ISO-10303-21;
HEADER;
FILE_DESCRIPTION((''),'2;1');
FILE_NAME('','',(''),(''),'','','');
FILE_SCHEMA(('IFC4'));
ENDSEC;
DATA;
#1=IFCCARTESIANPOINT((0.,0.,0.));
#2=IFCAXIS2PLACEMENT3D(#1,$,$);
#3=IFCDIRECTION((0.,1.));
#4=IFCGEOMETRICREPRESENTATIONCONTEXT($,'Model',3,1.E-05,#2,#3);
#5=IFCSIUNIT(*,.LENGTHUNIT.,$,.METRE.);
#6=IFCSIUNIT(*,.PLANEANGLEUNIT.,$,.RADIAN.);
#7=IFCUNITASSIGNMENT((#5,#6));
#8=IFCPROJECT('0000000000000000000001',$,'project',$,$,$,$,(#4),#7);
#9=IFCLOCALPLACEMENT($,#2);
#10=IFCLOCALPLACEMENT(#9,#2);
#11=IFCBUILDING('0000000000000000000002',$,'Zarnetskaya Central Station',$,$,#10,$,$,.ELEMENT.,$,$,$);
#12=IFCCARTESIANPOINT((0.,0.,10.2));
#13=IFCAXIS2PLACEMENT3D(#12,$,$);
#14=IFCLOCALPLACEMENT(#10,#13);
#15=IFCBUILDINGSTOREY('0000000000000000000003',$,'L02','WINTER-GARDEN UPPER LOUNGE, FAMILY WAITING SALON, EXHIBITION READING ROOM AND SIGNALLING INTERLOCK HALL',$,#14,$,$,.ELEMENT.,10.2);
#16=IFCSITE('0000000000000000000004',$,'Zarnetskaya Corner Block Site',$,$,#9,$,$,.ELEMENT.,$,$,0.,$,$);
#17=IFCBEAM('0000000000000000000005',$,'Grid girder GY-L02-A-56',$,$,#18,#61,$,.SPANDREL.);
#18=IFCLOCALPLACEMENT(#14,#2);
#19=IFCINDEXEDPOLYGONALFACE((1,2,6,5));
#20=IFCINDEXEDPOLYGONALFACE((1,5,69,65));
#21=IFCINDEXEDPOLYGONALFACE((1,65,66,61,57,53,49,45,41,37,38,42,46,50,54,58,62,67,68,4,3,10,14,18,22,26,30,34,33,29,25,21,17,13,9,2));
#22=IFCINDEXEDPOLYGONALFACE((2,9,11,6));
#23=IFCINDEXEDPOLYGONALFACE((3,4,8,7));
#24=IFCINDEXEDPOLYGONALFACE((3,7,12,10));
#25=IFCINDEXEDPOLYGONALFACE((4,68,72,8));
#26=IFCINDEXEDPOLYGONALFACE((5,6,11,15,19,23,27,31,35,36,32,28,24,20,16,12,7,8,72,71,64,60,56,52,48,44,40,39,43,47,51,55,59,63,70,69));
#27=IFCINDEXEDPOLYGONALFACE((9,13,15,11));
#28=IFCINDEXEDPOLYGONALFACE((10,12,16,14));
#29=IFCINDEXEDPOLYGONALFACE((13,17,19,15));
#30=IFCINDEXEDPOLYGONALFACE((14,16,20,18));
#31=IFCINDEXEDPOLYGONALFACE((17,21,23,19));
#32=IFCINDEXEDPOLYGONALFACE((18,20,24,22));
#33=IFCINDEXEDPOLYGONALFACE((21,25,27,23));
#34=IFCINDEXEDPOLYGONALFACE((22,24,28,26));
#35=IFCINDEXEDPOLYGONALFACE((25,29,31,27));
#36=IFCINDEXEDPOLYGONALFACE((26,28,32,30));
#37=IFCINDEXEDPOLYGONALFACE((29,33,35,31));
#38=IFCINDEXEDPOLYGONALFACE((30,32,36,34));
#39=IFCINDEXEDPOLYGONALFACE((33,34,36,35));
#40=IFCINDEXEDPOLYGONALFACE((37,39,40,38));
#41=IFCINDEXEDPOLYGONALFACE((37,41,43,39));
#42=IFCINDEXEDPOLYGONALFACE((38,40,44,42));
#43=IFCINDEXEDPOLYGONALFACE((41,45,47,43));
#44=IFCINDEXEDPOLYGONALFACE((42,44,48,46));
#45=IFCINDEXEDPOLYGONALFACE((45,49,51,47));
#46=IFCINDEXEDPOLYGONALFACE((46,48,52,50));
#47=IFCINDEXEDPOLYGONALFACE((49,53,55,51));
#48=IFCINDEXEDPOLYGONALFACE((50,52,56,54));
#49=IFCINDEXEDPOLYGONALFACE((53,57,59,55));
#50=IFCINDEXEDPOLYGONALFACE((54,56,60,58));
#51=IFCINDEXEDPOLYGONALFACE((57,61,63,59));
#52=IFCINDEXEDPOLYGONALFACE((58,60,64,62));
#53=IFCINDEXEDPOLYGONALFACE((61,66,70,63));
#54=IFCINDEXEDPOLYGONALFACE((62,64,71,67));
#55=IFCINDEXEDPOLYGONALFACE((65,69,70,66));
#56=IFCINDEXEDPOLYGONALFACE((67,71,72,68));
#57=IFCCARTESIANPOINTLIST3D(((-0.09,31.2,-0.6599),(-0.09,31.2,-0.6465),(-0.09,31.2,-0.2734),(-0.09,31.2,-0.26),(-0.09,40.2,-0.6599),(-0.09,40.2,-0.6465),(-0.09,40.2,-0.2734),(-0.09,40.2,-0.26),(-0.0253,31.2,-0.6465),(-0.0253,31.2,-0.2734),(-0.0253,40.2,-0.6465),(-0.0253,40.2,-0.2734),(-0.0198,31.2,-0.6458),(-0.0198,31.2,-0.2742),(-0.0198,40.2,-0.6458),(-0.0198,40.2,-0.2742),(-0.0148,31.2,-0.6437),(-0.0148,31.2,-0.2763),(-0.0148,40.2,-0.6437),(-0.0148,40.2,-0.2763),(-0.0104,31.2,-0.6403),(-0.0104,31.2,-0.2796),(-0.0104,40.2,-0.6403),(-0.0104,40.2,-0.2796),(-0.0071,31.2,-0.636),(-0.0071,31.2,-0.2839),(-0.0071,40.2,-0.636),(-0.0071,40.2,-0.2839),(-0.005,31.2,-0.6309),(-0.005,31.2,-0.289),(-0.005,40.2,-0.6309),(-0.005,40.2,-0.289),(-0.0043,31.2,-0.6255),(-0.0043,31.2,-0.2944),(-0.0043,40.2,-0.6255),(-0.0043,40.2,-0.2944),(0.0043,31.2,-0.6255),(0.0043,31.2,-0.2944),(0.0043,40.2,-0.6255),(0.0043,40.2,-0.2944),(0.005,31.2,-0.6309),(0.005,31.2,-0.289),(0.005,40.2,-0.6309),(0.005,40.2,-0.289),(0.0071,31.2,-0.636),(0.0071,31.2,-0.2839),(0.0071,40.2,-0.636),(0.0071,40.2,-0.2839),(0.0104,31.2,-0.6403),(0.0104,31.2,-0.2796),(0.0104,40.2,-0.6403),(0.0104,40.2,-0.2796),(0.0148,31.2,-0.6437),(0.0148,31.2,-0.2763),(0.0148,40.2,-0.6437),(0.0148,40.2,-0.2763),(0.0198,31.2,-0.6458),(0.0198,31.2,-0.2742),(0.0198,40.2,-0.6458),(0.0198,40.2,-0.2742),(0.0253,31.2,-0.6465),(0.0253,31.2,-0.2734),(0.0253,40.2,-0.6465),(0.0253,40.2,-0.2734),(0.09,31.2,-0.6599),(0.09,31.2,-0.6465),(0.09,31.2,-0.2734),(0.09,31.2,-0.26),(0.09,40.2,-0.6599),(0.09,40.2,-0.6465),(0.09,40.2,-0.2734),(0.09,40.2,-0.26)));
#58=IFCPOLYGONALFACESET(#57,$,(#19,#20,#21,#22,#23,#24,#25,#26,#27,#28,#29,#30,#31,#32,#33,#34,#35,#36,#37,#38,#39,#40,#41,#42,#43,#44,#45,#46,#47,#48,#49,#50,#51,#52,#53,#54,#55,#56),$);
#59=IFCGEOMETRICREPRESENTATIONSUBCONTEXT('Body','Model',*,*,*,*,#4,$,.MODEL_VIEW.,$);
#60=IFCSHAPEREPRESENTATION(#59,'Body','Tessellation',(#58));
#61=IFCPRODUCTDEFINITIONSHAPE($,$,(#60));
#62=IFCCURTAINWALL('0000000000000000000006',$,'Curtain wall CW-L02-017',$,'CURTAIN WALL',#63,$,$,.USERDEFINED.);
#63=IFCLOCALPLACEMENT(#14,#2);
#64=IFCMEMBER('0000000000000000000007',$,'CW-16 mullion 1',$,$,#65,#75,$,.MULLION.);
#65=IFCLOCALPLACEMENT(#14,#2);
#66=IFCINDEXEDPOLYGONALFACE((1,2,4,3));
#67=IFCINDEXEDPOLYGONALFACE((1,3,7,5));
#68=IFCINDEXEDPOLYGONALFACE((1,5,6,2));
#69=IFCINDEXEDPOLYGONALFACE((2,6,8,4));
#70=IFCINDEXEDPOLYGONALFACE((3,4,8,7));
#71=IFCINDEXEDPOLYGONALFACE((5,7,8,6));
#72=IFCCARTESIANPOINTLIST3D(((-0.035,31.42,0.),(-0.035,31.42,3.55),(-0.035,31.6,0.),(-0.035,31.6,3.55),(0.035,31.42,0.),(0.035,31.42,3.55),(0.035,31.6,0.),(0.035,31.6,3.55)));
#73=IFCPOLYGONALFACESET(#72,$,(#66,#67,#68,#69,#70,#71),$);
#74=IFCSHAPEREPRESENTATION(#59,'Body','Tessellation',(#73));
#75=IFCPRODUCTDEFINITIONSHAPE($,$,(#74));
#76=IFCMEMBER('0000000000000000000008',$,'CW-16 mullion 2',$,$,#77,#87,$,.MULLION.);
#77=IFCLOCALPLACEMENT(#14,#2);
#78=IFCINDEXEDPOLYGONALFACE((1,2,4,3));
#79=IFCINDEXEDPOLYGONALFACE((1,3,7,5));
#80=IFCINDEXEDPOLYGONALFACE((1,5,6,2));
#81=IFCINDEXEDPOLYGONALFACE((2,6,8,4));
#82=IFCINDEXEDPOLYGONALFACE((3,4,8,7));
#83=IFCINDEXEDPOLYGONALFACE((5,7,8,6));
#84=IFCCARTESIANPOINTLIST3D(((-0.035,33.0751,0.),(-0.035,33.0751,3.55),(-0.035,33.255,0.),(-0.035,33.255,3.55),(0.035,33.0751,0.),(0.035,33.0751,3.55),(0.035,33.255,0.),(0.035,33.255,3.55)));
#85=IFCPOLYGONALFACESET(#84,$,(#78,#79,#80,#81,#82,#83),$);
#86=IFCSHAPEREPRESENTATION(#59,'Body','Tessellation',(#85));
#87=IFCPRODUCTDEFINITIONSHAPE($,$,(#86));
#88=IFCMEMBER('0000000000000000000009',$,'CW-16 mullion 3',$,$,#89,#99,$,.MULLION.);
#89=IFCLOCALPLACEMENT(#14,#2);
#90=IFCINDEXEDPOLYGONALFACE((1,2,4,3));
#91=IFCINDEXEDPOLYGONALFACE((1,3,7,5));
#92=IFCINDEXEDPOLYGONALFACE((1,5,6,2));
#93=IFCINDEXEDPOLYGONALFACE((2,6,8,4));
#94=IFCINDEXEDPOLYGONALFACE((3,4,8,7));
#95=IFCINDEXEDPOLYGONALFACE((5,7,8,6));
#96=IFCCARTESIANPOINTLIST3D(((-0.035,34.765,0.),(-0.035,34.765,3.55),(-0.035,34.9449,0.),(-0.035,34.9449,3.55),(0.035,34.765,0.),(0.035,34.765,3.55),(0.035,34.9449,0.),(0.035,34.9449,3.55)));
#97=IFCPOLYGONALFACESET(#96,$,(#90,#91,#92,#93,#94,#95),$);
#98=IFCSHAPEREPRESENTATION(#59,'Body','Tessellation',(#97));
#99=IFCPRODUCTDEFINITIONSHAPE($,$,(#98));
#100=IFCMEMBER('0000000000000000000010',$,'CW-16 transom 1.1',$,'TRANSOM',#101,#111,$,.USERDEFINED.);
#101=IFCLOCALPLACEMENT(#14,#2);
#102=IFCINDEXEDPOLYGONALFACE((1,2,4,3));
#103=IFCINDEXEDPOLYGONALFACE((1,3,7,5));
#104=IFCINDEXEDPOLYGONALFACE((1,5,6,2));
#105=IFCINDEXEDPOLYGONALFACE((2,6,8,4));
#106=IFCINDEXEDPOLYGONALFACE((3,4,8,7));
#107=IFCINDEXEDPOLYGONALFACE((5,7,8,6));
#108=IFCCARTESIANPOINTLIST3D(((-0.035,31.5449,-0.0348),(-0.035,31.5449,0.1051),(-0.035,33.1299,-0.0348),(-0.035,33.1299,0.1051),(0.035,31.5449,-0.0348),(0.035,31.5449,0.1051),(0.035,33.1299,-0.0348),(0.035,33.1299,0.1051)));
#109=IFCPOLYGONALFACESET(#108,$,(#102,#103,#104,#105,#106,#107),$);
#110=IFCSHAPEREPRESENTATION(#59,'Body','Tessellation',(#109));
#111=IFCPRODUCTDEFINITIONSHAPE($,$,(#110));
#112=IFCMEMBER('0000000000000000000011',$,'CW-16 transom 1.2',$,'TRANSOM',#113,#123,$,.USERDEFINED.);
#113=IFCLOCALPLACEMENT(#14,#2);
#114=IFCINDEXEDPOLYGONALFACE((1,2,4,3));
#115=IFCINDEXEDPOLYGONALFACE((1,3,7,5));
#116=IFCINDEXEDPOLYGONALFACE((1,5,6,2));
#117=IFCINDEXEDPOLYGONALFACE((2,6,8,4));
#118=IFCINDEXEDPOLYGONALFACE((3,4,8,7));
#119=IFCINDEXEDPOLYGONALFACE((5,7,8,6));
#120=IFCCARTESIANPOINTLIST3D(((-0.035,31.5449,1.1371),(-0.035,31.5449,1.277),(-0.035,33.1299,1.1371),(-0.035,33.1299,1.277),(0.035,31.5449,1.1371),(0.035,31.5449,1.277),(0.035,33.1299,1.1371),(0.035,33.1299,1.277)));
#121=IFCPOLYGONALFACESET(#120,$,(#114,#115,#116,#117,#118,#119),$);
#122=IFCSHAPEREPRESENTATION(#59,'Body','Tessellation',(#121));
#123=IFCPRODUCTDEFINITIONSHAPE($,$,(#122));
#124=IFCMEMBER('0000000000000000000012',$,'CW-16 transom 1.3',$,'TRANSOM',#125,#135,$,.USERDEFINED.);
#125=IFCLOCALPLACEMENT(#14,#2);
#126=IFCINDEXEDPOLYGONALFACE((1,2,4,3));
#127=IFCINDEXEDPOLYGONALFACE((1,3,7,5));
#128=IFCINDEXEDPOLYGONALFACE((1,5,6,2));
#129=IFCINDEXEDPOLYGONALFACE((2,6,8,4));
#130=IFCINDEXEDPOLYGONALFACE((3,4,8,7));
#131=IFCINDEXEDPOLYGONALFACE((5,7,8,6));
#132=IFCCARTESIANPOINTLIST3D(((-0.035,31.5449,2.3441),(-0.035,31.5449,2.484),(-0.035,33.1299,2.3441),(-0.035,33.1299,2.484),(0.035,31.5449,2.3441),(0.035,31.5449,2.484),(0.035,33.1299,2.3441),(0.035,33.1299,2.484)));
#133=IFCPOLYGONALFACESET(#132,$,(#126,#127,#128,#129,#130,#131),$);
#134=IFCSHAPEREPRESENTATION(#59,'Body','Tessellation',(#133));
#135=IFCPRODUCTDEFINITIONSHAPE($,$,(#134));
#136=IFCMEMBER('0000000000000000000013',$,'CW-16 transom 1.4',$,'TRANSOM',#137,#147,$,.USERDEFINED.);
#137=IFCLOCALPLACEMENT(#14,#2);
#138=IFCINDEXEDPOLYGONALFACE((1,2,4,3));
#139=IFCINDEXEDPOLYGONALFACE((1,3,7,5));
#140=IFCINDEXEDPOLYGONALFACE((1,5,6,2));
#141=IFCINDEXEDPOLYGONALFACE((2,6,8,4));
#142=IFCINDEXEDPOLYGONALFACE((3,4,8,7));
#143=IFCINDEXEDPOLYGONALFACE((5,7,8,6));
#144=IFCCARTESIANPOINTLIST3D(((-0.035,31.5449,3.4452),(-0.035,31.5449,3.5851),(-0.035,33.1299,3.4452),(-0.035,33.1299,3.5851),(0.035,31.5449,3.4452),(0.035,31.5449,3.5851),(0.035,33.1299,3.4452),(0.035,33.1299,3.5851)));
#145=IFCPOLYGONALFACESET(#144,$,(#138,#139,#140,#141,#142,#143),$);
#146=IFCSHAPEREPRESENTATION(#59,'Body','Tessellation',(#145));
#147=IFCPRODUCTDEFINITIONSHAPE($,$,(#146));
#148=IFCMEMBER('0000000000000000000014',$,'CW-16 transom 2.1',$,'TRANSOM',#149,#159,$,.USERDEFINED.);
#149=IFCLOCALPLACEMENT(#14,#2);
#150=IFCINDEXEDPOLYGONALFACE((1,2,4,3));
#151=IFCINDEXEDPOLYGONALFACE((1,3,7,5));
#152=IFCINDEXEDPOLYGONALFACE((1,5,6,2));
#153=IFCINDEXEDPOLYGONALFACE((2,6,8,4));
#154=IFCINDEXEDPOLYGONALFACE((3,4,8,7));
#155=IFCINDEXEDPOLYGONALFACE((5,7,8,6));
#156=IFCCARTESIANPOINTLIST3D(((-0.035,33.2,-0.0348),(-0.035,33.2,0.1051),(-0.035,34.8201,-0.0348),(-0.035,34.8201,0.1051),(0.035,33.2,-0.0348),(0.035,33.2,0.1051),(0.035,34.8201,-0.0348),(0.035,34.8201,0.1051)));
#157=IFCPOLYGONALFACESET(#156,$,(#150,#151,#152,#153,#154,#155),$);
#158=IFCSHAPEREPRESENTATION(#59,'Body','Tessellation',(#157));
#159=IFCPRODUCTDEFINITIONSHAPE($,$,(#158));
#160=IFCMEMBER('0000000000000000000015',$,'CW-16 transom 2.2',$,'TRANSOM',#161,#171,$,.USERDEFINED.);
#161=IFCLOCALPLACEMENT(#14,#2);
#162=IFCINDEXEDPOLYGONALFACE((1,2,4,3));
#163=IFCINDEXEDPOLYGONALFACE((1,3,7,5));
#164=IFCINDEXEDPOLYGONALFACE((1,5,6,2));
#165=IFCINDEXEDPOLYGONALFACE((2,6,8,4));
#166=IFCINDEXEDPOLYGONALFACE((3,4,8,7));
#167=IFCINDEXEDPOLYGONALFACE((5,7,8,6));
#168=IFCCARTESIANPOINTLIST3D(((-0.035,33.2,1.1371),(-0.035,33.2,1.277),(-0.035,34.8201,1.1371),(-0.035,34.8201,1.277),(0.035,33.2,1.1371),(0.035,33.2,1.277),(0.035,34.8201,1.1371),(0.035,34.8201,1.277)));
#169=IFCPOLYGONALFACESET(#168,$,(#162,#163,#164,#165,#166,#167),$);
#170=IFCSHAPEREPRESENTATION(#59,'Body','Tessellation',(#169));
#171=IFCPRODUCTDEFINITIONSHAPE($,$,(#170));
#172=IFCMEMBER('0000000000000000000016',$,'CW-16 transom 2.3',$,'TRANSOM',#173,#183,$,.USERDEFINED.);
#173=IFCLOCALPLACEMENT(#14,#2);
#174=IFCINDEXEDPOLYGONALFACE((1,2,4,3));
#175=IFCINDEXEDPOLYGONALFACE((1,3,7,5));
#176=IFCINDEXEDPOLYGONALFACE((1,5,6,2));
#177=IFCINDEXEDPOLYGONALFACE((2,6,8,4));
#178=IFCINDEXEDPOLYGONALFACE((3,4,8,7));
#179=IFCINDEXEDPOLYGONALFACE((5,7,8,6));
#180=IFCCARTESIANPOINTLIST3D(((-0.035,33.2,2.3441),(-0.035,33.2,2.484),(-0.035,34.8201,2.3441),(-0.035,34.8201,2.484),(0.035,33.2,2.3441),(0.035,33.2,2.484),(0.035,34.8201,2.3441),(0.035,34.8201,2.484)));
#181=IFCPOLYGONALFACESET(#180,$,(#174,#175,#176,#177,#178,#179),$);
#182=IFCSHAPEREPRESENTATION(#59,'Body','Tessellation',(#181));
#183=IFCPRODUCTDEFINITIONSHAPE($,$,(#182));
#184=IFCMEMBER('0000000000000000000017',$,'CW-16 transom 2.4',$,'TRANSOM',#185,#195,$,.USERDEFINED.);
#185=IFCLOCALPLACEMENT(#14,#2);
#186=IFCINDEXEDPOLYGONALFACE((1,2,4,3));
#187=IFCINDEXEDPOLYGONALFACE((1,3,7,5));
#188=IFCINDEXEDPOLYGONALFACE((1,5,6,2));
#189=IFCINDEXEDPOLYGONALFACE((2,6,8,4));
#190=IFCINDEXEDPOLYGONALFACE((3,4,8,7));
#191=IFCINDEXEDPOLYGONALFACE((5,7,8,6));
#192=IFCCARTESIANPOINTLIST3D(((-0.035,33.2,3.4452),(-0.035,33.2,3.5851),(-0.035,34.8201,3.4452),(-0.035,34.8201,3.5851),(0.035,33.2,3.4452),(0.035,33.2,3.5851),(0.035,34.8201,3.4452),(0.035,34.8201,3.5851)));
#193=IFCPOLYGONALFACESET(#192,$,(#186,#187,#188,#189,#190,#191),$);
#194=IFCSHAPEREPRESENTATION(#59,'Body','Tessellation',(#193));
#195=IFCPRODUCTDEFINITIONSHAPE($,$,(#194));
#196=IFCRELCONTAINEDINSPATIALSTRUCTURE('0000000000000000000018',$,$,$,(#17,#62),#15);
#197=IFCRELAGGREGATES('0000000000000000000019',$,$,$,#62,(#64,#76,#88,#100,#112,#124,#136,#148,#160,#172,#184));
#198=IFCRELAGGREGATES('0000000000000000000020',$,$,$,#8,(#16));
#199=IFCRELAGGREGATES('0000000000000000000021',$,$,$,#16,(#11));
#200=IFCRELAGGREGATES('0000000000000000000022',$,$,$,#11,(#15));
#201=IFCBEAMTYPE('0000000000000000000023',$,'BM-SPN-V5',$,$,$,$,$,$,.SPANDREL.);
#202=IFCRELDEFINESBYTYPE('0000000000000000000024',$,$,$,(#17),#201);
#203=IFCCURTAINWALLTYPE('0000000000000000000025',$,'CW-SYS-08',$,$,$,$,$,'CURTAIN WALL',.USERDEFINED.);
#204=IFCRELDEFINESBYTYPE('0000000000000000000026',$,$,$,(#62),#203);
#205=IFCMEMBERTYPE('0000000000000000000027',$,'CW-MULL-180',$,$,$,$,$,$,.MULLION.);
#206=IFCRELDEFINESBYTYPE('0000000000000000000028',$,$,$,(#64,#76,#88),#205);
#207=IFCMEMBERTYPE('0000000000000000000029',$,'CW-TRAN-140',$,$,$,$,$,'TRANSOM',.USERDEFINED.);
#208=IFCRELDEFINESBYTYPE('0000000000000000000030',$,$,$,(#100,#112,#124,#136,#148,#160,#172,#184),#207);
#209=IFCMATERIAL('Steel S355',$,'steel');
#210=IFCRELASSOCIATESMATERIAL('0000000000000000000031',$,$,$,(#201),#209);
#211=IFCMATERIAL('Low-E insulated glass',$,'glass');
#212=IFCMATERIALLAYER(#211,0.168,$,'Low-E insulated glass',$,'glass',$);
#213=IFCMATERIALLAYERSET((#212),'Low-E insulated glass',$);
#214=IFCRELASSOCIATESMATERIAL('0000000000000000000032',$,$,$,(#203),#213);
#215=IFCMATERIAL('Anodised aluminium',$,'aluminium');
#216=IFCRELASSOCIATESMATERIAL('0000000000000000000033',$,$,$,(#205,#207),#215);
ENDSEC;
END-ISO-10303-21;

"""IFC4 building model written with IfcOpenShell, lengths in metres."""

from ifc_helpers import new_model, si_unit, direction, frame, origin, origin_2d, place, context, subcontext, project, spatial, rectangle, i_section, extrude, material, layer, layer_set, material_profile, profile_set, type_object, element, aggregate, save


model = new_model("IFC4")

# Units and contexts
model_context = context("Model", 3, precision=1e-05, world=origin(), true_north=direction((0.0, 1.0)))
body_context = subcontext(model_context, "Body", "Model", "MODEL_VIEW")
ifc_project = project(units=[si_unit("LENGTHUNIT", "METRE"), si_unit("PLANEANGLEUNIT", "RADIAN")], contexts=[model_context])

# Site, building, storey
site_placement = place(None, origin())
site = spatial("IfcSite", under=ifc_project, at=site_placement, Name="Zarnetskaya Corner Block Site", CompositionType="ELEMENT", RefElevation=0.0)
building_placement = place(site_placement, origin())
building = spatial("IfcBuilding", under=site, at=building_placement, Name="Zarnetskaya Central Station", CompositionType="ELEMENT")
storey_placement = place(building_placement, frame((0.0, 0.0, 10.2)))
storey = spatial("IfcBuildingStorey", under=building, at=storey_placement, Name="L02", Description="WINTER-GARDEN UPPER LOUNGE, FAMILY WAITING SALON, EXHIBITION READING ROOM AND SIGNALLING INTERLOCK HALL", CompositionType="ELEMENT", Elevation=10.2)

# Shared definitions
ifc_material_1 = material(Name="Steel S355", Category="steel")

# Beam
ifc_material_profile_1 = material_profile(ifc_material_1, i_section(OverallWidth=0.1799, OverallDepth=0.3999, WebThickness=0.0085, FlangeThickness=0.0134, FilletRadius=0.021, at=origin_2d()), Name="IPE 400")
ifc_profile_set_1 = profile_set([ifc_material_profile_1], Name="Steel S355")
beam_type_1 = type_object("IfcBeamType", Name="BM-SPN-V5", PredefinedType="SPANDREL", material=ifc_profile_set_1)
for number, where, z_axis, x_axis, name in (
    (1, (0.0, 31.2, -0.46), (0.0, 1.0, 0.0), (-1.0, 0.0, 0.0), "Grid girder GY-L02-A-56"),
):
    element("IfcBeam", number, at=place(storey_placement, frame(where, z_axis=z_axis, x_axis=x_axis)), inside=storey, type_object=beam_type_1, Name=name, PredefinedType="SPANDREL", context=body_context, shape_type="SweptSolid", body=[
        extrude(i_section(OverallWidth=0.1799, OverallDepth=0.3999, WebThickness=0.0085, FlangeThickness=0.0134, FilletRadius=0.021, at=origin_2d()), origin(), (0.0, 0.0, 1.0), 9.0),
    ])

# Curtain wall, members
ifc_material_2 = material(Name="Low-E insulated glass", Category="glass")
ifc_layer_1 = layer(ifc_material_2, 0.168, Name="Low-E insulated glass", Category="glass")
ifc_layer_set_1 = layer_set([ifc_layer_1], Name="Low-E insulated glass")
curtain_wall_type = type_object("IfcCurtainWallType", Name="CW-SYS-08", ElementType="CURTAIN WALL", PredefinedType="USERDEFINED", material=ifc_layer_set_1)
curtain_wall_placement = place(storey_placement, origin())
curtain_wall = element("IfcCurtainWall", 2, at=curtain_wall_placement, inside=storey, type_object=curtain_wall_type, Name="Curtain wall CW-L02-017", ObjectType="CURTAIN WALL", PredefinedType="USERDEFINED")
ifc_material_3 = material(Name="Anodised aluminium", Category="aluminium")
ifc_material_profile_2 = material_profile(ifc_material_3, rectangle(XDim=0.0701, YDim=0.1799, at=origin_2d()), Name="ALU MULL 70x180")
ifc_profile_set_2 = profile_set([ifc_material_profile_2], Name="Anodised aluminium")
member_type_1 = type_object("IfcMemberType", Name="CW-MULL-180", PredefinedType="MULLION", material=ifc_profile_set_2)
member_1_placement = place(storey_placement, frame((0.0, 31.51, 0.0), z_axis=(0.0, 0.0, 1.0), x_axis=(-1.0, 0.0, 0.0)))
member_1 = element("IfcMember", 3, at=member_1_placement, type_object=member_type_1, Name="CW-16 mullion 1", PredefinedType="MULLION", context=body_context, shape_type="SweptSolid", body=[
    extrude(rectangle(XDim=0.0701, YDim=0.1799, at=origin_2d()), origin(), (0.0, 0.0, 1.0), 3.55),
])
member_2_placement = place(storey_placement, frame((0.0, 33.165, 0.0), z_axis=(0.0, 0.0, 1.0), x_axis=(-1.0, 0.0, 0.0)))
member_2 = element("IfcMember", 4, at=member_2_placement, type_object=member_type_1, Name="CW-16 mullion 2", PredefinedType="MULLION", context=body_context, shape_type="SweptSolid", body=[
    extrude(rectangle(XDim=0.0701, YDim=0.1799, at=origin_2d()), origin(), (0.0, 0.0, 1.0), 3.55),
])
member_3_placement = place(storey_placement, frame((0.0, 34.855, 0.0), z_axis=(0.0, 0.0, 1.0), x_axis=(-1.0, 0.0, 0.0)))
member_3 = element("IfcMember", 5, at=member_3_placement, type_object=member_type_1, Name="CW-16 mullion 3", PredefinedType="MULLION", context=body_context, shape_type="SweptSolid", body=[
    extrude(rectangle(XDim=0.0701, YDim=0.1799, at=origin_2d()), origin(), (0.0, 0.0, 1.0), 3.55),
])
ifc_material_profile_3 = material_profile(ifc_material_3, rectangle(XDim=0.0701, YDim=0.1399, at=origin_2d()), Name="ALU TRAN 70x140")
ifc_profile_set_3 = profile_set([ifc_material_profile_3], Name="Anodised aluminium")
member_type_2 = type_object("IfcMemberType", Name="CW-TRAN-140", ElementType="TRANSOM", PredefinedType="USERDEFINED", material=ifc_profile_set_3)
member_4_placement = place(storey_placement, frame((0.0, 31.5449, 0.0352), z_axis=(0.0, 1.0, 0.0), x_axis=(-1.0, 0.0, 0.0)))
member_4 = element("IfcMember", 6, at=member_4_placement, type_object=member_type_2, Name="CW-16 transom 1.1", ObjectType="TRANSOM", PredefinedType="USERDEFINED", context=body_context, shape_type="SweptSolid", body=[
    extrude(rectangle(XDim=0.0701, YDim=0.1399, at=origin_2d()), origin(), (0.0, 0.0, 1.0), 1.585),
])
member_5_placement = place(storey_placement, frame((0.0, 31.5449, 1.207), z_axis=(0.0, 1.0, 0.0), x_axis=(-1.0, 0.0, 0.0)))
member_5 = element("IfcMember", 7, at=member_5_placement, type_object=member_type_2, Name="CW-16 transom 1.2", ObjectType="TRANSOM", PredefinedType="USERDEFINED", context=body_context, shape_type="SweptSolid", body=[
    extrude(rectangle(XDim=0.0701, YDim=0.1399, at=origin_2d()), origin(), (0.0, 0.0, 1.0), 1.585),
])
member_6_placement = place(storey_placement, frame((0.0, 31.5449, 2.4141), z_axis=(0.0, 1.0, 0.0), x_axis=(-1.0, 0.0, 0.0)))
member_6 = element("IfcMember", 8, at=member_6_placement, type_object=member_type_2, Name="CW-16 transom 1.3", ObjectType="TRANSOM", PredefinedType="USERDEFINED", context=body_context, shape_type="SweptSolid", body=[
    extrude(rectangle(XDim=0.0701, YDim=0.1399, at=origin_2d()), origin(), (0.0, 0.0, 1.0), 1.585),
])
member_7_placement = place(storey_placement, frame((0.0, 31.5449, 3.5151), z_axis=(0.0, 1.0, 0.0), x_axis=(-1.0, 0.0, 0.0)))
member_7 = element("IfcMember", 9, at=member_7_placement, type_object=member_type_2, Name="CW-16 transom 1.4", ObjectType="TRANSOM", PredefinedType="USERDEFINED", context=body_context, shape_type="SweptSolid", body=[
    extrude(rectangle(XDim=0.0701, YDim=0.1399, at=origin_2d()), origin(), (0.0, 0.0, 1.0), 1.585),
])
member_8_placement = place(storey_placement, frame((0.0, 33.2, 0.0352), z_axis=(0.0, 1.0, 0.0), x_axis=(-1.0, 0.0, 0.0)))
member_8 = element("IfcMember", 10, at=member_8_placement, type_object=member_type_2, Name="CW-16 transom 2.1", ObjectType="TRANSOM", PredefinedType="USERDEFINED", context=body_context, shape_type="SweptSolid", body=[
    extrude(rectangle(XDim=0.0701, YDim=0.1399, at=origin_2d()), origin(), (0.0, 0.0, 1.0), 1.6201),
])
member_9_placement = place(storey_placement, frame((0.0, 33.2, 1.207), z_axis=(0.0, 1.0, 0.0), x_axis=(-1.0, 0.0, 0.0)))
member_9 = element("IfcMember", 11, at=member_9_placement, type_object=member_type_2, Name="CW-16 transom 2.2", ObjectType="TRANSOM", PredefinedType="USERDEFINED", context=body_context, shape_type="SweptSolid", body=[
    extrude(rectangle(XDim=0.0701, YDim=0.1399, at=origin_2d()), origin(), (0.0, 0.0, 1.0), 1.6201),
])
member_10_placement = place(storey_placement, frame((0.0, 33.2, 2.4141), z_axis=(0.0, 1.0, 0.0), x_axis=(-1.0, 0.0, 0.0)))
member_10 = element("IfcMember", 12, at=member_10_placement, type_object=member_type_2, Name="CW-16 transom 2.3", ObjectType="TRANSOM", PredefinedType="USERDEFINED", context=body_context, shape_type="SweptSolid", body=[
    extrude(rectangle(XDim=0.0701, YDim=0.1399, at=origin_2d()), origin(), (0.0, 0.0, 1.0), 1.6201),
])
member_11_placement = place(storey_placement, frame((0.0, 33.2, 3.5151), z_axis=(0.0, 1.0, 0.0), x_axis=(-1.0, 0.0, 0.0)))
member_11 = element("IfcMember", 13, at=member_11_placement, type_object=member_type_2, Name="CW-16 transom 2.4", ObjectType="TRANSOM", PredefinedType="USERDEFINED", context=body_context, shape_type="SweptSolid", body=[
    extrude(rectangle(XDim=0.0701, YDim=0.1399, at=origin_2d()), origin(), (0.0, 0.0, 1.0), 1.6201),
])

aggregate(curtain_wall, [member_1, member_2, member_3, member_4, member_5, member_6, member_7, member_8, member_9, member_10, member_11])

save(model, "model.ifc")
